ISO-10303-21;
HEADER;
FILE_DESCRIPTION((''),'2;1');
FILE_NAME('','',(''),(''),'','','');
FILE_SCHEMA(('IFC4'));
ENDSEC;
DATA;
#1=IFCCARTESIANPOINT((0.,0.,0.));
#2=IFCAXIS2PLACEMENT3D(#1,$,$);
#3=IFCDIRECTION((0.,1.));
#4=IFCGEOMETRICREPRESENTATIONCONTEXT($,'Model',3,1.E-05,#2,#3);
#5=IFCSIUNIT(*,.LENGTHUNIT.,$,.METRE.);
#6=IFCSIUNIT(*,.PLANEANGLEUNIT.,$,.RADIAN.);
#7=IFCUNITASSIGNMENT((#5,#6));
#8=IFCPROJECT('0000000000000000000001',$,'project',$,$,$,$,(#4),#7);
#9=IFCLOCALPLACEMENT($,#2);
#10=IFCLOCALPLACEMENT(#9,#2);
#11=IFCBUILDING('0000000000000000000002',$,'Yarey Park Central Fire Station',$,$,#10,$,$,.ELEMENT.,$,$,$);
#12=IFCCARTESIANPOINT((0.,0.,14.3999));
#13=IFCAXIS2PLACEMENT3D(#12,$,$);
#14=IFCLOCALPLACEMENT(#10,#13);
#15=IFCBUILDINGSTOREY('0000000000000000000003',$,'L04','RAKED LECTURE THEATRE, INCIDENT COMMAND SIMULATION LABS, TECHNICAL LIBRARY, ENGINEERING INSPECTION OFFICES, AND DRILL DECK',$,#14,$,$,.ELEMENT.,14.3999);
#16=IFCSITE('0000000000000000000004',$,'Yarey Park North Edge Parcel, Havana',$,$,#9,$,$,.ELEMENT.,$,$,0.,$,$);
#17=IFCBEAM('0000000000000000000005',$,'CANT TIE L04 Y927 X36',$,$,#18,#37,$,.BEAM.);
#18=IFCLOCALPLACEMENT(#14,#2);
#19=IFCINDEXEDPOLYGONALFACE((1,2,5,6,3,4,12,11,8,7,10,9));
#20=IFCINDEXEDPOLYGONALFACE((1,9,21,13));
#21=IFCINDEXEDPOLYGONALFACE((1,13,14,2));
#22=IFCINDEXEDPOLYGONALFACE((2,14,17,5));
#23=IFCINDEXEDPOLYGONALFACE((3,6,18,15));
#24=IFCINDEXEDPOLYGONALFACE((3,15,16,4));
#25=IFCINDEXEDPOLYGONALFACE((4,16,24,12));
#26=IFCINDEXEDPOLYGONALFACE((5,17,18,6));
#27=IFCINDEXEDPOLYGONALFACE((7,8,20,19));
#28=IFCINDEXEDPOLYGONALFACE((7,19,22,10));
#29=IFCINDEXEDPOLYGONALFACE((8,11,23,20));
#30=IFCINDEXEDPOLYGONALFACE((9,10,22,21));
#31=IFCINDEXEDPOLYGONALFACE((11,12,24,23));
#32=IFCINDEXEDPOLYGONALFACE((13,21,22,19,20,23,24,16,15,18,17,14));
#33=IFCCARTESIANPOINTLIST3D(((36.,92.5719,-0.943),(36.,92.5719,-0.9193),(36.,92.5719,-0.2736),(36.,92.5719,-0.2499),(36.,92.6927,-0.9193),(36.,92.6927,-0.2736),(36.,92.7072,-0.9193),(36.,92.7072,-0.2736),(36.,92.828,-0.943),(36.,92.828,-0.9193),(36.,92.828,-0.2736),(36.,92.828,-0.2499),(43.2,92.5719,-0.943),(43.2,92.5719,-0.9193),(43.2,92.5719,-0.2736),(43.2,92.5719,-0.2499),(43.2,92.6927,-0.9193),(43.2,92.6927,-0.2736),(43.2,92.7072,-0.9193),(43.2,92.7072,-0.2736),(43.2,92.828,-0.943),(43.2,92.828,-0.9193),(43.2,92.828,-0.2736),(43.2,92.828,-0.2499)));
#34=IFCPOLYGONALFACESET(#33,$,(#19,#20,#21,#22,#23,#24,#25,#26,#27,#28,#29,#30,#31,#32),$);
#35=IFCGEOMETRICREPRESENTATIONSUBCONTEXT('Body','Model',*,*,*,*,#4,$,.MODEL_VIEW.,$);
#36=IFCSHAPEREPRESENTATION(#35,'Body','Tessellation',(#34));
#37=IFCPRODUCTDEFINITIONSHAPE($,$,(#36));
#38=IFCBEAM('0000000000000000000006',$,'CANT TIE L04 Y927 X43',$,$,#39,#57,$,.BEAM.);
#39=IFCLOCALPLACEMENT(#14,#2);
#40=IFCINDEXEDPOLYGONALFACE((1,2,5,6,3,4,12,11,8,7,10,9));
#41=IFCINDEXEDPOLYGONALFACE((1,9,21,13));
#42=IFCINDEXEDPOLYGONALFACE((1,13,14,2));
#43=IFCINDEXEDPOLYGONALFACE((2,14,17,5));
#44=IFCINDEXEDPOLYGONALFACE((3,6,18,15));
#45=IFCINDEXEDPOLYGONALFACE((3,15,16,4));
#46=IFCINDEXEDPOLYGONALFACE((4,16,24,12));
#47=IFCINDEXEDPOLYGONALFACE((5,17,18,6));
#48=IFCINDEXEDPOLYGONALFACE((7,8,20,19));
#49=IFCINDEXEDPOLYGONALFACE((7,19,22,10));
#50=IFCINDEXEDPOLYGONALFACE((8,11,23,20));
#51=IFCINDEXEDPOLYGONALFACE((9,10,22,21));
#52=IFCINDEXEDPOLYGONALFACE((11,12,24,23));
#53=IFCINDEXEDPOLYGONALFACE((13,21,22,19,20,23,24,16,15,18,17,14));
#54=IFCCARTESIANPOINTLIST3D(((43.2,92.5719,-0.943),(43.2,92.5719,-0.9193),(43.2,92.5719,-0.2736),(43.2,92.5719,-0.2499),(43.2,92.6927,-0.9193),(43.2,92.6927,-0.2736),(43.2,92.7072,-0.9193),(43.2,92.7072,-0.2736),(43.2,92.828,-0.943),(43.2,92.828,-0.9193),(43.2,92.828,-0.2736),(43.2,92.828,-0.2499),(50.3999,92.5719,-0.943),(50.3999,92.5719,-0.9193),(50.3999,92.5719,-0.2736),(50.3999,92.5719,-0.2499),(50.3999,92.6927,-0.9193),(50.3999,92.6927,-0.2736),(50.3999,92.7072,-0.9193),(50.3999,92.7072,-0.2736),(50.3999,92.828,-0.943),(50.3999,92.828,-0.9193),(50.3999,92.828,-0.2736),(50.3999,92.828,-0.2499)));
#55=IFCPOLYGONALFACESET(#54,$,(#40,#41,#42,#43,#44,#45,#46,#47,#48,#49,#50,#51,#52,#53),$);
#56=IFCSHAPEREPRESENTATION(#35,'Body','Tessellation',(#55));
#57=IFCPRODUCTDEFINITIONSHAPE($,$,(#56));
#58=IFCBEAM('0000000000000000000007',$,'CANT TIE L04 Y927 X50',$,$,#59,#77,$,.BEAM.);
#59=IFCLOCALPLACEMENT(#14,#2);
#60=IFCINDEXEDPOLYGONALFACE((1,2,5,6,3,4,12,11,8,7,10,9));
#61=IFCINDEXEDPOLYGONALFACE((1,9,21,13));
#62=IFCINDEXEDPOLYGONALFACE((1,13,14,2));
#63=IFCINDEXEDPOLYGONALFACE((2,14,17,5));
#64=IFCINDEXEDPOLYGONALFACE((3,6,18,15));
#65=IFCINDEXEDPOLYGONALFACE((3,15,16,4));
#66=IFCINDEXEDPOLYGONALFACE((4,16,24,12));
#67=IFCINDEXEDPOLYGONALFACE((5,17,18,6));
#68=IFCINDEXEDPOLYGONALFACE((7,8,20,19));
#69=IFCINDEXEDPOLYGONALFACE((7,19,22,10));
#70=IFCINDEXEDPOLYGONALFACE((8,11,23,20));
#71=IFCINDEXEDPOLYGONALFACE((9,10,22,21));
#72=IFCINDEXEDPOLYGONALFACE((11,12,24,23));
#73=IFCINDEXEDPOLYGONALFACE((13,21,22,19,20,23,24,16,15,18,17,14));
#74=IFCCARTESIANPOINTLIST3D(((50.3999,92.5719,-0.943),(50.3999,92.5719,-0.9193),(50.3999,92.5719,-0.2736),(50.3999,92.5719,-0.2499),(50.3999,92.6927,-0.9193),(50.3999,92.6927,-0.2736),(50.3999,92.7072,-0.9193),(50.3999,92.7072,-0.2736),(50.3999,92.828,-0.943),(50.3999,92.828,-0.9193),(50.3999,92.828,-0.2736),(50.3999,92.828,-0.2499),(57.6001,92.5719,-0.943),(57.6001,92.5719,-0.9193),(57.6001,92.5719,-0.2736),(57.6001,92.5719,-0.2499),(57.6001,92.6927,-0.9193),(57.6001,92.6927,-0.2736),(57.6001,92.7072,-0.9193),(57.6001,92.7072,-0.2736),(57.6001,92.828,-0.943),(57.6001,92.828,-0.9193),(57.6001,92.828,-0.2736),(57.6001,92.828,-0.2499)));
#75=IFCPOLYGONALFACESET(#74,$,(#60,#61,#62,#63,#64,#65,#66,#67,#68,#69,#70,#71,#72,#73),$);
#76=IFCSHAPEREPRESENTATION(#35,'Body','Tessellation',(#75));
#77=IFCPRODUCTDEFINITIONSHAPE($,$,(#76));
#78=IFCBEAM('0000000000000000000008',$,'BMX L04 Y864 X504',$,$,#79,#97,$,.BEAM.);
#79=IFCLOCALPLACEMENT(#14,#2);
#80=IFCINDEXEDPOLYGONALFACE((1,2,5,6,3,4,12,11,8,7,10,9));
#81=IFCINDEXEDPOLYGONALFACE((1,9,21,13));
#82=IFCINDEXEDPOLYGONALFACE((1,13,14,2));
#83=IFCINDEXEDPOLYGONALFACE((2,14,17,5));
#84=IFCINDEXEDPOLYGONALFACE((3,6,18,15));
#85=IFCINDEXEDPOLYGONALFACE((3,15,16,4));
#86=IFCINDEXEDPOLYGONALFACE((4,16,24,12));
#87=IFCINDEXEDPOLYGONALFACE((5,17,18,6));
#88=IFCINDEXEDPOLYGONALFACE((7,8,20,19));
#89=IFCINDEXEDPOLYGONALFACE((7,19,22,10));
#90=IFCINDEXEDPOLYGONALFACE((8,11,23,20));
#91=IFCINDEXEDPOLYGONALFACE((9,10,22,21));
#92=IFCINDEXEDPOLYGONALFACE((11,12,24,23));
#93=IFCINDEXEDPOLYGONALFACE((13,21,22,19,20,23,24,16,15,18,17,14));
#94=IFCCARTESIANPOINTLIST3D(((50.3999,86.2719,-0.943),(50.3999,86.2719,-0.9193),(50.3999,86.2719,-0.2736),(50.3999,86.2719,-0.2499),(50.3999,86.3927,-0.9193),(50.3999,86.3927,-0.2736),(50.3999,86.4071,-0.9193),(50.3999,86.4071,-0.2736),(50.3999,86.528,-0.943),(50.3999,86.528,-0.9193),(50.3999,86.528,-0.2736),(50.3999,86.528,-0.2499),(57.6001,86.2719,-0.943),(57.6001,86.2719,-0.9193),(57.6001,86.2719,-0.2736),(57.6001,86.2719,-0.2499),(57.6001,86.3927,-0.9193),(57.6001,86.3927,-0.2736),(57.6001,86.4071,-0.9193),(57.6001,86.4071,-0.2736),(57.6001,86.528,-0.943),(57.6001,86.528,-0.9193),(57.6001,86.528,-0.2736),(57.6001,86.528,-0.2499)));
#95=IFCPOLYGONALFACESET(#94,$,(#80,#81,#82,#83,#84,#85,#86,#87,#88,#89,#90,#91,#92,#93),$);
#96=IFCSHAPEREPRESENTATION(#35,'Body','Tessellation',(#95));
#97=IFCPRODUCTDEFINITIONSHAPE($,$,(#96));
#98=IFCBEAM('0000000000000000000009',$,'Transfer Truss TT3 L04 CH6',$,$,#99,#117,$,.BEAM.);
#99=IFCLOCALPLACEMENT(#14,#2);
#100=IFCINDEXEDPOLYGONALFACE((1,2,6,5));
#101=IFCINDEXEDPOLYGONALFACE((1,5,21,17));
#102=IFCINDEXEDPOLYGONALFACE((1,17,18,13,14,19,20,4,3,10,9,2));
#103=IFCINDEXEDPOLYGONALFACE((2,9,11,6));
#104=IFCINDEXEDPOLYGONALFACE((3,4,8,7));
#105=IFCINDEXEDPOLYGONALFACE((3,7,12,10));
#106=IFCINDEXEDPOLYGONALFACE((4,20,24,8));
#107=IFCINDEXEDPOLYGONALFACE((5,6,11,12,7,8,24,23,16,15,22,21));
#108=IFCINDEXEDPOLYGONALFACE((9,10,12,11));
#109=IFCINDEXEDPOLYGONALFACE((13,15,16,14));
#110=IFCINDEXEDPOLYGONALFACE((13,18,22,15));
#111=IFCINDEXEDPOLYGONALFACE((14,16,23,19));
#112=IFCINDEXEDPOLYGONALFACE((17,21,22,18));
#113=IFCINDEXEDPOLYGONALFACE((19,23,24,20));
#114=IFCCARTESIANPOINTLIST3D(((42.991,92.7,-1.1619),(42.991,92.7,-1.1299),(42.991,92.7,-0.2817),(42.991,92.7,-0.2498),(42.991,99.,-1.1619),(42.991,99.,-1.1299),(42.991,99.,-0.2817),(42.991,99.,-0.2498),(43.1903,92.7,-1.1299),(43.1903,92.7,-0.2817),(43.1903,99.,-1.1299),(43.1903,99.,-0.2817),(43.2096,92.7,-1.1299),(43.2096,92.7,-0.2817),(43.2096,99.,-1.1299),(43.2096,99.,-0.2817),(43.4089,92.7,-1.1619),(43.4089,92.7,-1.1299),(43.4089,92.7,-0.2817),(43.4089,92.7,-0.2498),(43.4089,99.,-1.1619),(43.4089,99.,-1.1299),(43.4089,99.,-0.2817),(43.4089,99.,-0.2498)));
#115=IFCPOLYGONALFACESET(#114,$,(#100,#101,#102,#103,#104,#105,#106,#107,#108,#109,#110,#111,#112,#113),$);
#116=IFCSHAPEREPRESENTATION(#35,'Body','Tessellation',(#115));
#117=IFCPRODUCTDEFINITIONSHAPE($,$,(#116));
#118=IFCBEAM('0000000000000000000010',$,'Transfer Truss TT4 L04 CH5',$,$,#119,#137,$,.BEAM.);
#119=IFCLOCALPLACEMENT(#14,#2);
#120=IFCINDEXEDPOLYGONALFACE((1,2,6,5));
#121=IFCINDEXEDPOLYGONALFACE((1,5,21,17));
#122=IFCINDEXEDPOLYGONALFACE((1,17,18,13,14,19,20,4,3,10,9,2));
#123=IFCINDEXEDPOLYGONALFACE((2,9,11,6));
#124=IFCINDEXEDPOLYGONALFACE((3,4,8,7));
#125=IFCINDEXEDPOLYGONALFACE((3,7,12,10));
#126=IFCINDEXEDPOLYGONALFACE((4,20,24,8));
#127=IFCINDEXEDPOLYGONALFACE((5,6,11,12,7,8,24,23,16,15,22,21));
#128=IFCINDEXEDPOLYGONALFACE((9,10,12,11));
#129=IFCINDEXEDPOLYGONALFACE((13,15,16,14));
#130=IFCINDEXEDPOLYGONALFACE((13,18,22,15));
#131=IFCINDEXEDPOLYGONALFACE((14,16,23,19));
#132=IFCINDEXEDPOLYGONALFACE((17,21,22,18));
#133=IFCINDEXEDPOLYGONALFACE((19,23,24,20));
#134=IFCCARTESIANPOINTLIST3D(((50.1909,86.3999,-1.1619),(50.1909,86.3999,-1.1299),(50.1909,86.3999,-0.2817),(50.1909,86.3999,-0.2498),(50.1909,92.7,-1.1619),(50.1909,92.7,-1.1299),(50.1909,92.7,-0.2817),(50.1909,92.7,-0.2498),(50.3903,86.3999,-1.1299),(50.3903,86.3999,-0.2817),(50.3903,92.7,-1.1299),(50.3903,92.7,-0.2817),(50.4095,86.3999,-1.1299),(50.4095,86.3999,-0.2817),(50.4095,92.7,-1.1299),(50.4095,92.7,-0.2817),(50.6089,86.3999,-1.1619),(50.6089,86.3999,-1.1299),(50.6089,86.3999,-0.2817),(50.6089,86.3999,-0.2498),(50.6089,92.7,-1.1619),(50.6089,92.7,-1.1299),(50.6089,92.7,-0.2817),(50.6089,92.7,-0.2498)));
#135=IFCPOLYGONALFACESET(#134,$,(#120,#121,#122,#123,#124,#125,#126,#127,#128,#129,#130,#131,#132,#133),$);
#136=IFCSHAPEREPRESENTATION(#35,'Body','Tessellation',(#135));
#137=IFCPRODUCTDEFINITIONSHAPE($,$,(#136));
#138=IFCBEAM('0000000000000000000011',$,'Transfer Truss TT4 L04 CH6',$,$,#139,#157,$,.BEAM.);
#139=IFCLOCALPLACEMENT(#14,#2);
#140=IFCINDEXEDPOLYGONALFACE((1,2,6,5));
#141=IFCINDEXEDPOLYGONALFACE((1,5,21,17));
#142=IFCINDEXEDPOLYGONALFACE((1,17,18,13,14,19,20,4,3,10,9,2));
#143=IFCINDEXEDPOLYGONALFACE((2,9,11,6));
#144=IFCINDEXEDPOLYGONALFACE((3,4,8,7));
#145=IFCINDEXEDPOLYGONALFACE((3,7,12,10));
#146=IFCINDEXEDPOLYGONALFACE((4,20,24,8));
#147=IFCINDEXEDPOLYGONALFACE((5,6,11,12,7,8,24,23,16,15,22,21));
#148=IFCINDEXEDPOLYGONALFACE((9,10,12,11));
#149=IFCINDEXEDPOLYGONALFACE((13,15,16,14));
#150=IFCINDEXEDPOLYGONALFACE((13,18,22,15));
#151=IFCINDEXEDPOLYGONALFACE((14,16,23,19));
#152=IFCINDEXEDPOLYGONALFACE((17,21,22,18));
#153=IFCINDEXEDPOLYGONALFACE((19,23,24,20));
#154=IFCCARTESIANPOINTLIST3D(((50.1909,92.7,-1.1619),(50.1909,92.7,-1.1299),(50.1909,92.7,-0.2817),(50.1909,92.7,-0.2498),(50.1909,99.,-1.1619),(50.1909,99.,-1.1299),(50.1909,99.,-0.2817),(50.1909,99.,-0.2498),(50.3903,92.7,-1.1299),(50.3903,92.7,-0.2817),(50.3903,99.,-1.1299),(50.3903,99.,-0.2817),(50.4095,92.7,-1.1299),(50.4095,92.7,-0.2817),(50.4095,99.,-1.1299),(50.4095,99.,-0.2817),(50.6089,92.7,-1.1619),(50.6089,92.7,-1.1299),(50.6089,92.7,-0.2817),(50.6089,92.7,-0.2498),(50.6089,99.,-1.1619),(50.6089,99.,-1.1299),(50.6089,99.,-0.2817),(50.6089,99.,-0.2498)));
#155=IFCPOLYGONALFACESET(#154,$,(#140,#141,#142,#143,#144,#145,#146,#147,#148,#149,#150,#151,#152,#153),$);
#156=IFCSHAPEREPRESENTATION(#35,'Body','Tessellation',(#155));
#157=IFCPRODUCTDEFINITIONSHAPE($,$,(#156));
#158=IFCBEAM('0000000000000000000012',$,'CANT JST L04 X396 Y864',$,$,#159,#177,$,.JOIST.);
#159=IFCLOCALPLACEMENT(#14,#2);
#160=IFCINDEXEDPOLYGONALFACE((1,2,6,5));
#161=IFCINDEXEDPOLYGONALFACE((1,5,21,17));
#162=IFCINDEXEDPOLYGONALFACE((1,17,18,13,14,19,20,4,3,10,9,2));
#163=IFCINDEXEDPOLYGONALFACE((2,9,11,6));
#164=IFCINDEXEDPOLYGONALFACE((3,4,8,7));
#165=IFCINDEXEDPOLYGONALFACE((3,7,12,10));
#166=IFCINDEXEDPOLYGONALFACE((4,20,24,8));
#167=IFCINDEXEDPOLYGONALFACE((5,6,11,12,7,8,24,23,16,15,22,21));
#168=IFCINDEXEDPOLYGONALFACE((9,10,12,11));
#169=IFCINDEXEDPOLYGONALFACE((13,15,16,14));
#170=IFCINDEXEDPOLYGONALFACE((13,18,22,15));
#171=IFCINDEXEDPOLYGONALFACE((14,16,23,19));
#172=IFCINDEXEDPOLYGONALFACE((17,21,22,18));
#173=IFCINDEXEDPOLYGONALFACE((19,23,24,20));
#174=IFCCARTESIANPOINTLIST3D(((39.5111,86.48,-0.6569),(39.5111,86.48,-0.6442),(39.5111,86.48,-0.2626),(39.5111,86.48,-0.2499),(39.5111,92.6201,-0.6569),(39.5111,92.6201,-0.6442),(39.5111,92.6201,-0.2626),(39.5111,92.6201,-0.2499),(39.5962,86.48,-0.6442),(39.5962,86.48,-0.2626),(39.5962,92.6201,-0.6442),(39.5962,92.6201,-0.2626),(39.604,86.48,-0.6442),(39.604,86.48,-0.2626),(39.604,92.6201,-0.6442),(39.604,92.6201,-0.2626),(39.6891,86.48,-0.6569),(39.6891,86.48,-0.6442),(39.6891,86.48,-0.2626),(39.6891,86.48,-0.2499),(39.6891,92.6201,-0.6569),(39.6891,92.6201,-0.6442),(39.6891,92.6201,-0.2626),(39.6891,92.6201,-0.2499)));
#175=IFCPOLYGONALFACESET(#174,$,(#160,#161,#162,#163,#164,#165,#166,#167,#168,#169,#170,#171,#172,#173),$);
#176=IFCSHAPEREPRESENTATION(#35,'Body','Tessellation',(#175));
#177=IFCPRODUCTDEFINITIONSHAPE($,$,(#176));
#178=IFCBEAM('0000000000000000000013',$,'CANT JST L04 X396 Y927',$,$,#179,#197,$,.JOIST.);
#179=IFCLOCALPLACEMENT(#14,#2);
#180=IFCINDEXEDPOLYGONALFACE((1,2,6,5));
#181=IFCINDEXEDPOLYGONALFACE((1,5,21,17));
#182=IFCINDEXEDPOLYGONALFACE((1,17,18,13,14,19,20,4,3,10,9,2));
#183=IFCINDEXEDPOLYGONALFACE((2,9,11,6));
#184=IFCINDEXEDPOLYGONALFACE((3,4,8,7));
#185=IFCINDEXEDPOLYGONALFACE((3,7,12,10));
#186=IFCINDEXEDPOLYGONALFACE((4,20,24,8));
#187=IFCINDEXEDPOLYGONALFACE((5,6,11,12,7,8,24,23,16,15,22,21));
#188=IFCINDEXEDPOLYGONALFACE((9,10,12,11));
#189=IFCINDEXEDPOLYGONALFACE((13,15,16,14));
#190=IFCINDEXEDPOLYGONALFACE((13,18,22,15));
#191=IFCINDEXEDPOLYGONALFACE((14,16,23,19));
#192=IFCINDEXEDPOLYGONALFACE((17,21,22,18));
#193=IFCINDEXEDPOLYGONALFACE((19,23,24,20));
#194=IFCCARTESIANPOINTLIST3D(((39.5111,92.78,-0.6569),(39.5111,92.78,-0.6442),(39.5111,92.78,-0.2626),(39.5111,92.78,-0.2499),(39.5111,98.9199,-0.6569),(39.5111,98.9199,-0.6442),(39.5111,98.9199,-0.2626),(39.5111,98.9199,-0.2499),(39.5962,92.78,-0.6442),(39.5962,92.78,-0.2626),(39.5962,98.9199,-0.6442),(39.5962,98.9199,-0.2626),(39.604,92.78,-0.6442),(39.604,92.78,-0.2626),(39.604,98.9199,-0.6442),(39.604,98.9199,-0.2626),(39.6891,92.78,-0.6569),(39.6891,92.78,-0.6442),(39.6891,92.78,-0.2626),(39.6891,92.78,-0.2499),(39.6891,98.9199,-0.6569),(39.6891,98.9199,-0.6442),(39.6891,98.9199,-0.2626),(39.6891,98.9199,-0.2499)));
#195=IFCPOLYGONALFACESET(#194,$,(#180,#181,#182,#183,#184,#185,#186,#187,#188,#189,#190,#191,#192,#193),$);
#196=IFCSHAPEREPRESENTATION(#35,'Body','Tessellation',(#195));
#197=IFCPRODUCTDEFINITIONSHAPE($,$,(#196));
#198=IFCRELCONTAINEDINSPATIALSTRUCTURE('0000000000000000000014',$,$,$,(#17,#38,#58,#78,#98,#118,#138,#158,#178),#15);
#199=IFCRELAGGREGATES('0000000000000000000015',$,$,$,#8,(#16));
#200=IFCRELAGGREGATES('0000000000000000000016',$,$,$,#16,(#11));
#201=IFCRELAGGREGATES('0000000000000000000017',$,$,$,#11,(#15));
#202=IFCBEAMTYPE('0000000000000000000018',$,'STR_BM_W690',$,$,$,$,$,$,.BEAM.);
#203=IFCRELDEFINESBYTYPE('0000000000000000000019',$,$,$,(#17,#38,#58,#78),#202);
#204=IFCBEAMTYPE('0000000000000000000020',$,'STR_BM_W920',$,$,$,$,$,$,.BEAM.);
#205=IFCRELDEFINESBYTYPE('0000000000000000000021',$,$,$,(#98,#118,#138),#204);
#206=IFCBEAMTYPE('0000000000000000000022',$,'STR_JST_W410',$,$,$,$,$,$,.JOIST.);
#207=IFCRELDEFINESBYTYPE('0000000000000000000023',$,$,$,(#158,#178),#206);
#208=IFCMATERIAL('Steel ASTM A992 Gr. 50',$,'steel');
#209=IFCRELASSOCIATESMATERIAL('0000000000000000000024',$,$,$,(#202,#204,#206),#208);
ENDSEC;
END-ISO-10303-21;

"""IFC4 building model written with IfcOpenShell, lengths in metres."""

from ifc_helpers import new_model, si_unit, direction, frame, origin, origin_2d, place, context, subcontext, project, spatial, i_section, extrude, material, material_profile, profile_set, type_object, element, save


model = new_model("IFC4")

# Units and contexts
model_context = context("Model", 3, precision=1e-05, world=origin(), true_north=direction((0.0, 1.0)))
body_context = subcontext(model_context, "Body", "Model", "MODEL_VIEW")
ifc_project = project(units=[si_unit("LENGTHUNIT", "METRE"), si_unit("PLANEANGLEUNIT", "RADIAN")], contexts=[model_context])

# Site, building, storey
site_placement = place(None, origin())
site = spatial("IfcSite", under=ifc_project, at=site_placement, Name="Yarey Park North Edge Parcel, Havana", CompositionType="ELEMENT", RefElevation=0.0)
building_placement = place(site_placement, origin())
building = spatial("IfcBuilding", under=site, at=building_placement, Name="Yarey Park Central Fire Station", CompositionType="ELEMENT")
storey_placement = place(building_placement, frame((0.0, 0.0, 14.3999)))
storey = spatial("IfcBuildingStorey", under=building, at=storey_placement, Name="L04", Description="RAKED LECTURE THEATRE, INCIDENT COMMAND SIMULATION LABS, TECHNICAL LIBRARY, ENGINEERING INSPECTION OFFICES, AND DRILL DECK", CompositionType="ELEMENT", Elevation=14.3999)

# Beams
ifc_material_1 = material(Name="Steel ASTM A992 Gr. 50", Category="steel")
ifc_material_profile_1 = material_profile(ifc_material_1, i_section(OverallWidth=0.2561, OverallDepth=0.6931, WebThickness=0.0144, FlangeThickness=0.0237, at=origin_2d()), Name="W690x170")
ifc_profile_set_1 = profile_set([ifc_material_profile_1], Name="Steel ASTM A992 Gr. 50")
beam_type_1 = type_object("IfcBeamType", Name="STR_BM_W690", PredefinedType="BEAM", material=ifc_profile_set_1)
for number, where, z_axis, x_axis, name in (
    (1, (36.0, 92.7, -0.5964), (1.0, 0.0, 0.0), (0.0, 1.0, 0.0), "CANT TIE L04 Y927 X36"),
    (2, (43.2, 92.7, -0.5964), (1.0, 0.0, 0.0), (0.0, 1.0, 0.0), "CANT TIE L04 Y927 X43"),
):
    element("IfcBeam", number, at=place(storey_placement, frame(where, z_axis=z_axis, x_axis=x_axis)), inside=storey, type_object=beam_type_1, Name=name, PredefinedType="BEAM", context=body_context, shape_type="SweptSolid", body=[
        extrude(i_section(OverallWidth=0.2561, OverallDepth=0.6931, WebThickness=0.0144, FlangeThickness=0.0237, at=origin_2d()), origin(), (0.0, 0.0, 1.0), 7.2),
    ])
for number, where, z_axis, x_axis, name in (
    (3, (50.3999, 92.7, -0.5964), (1.0, 0.0, 0.0), (0.0, 1.0, 0.0), "CANT TIE L04 Y927 X50"),
    (4, (50.3999, 86.3999, -0.5964), (1.0, 0.0, 0.0), (0.0, 1.0, 0.0), "BMX L04 Y864 X504"),
):
    element("IfcBeam", number, at=place(storey_placement, frame(where, z_axis=z_axis, x_axis=x_axis)), inside=storey, type_object=beam_type_1, Name=name, PredefinedType="BEAM", context=body_context, shape_type="SweptSolid", body=[
        extrude(i_section(OverallWidth=0.2561, OverallDepth=0.6931, WebThickness=0.0144, FlangeThickness=0.0237, at=origin_2d()), origin(), (0.0, 0.0, 1.0), 7.2002),
    ])
ifc_material_profile_2 = material_profile(ifc_material_1, i_section(OverallWidth=0.418, OverallDepth=0.9121, WebThickness=0.0193, FlangeThickness=0.032, at=origin_2d()), Name="W920x342")
ifc_profile_set_2 = profile_set([ifc_material_profile_2], Name="Steel ASTM A992 Gr. 50")
beam_type_2 = type_object("IfcBeamType", Name="STR_BM_W920", PredefinedType="BEAM", material=ifc_profile_set_2)
for number, where, z_axis, x_axis, name in (
    (5, (43.2, 92.7, -0.7058), (0.0, 1.0, 0.0), (-1.0, 0.0, 0.0), "Transfer Truss TT3 L04 CH6"),
    (6, (50.3999, 86.3999, -0.7058), (0.0, 1.0, 0.0), (-1.0, 0.0, 0.0), "Transfer Truss TT4 L04 CH5"),
    (7, (50.3999, 92.7, -0.7058), (0.0, 1.0, 0.0), (-1.0, 0.0, 0.0), "Transfer Truss TT4 L04 CH6"),
):
    element("IfcBeam", number, at=place(storey_placement, frame(where, z_axis=z_axis, x_axis=x_axis)), inside=storey, type_object=beam_type_2, Name=name, PredefinedType="BEAM", context=body_context, shape_type="SweptSolid", body=[
        extrude(i_section(OverallWidth=0.418, OverallDepth=0.9121, WebThickness=0.0193, FlangeThickness=0.032, at=origin_2d()), origin(), (0.0, 0.0, 1.0), 6.3),
    ])
ifc_material_profile_3 = material_profile(ifc_material_1, i_section(OverallWidth=0.178, OverallDepth=0.407, WebThickness=0.0078, FlangeThickness=0.0127, at=origin_2d()), Name="W410x60")
ifc_profile_set_3 = profile_set([ifc_material_profile_3], Name="Steel ASTM A992 Gr. 50")
beam_type_3 = type_object("IfcBeamType", Name="STR_JST_W410", PredefinedType="JOIST", material=ifc_profile_set_3)
beam_1_placement = place(storey_placement, frame((39.6001, 86.48, -0.4534), z_axis=(0.0, 1.0, 0.0), x_axis=(-1.0, 0.0, 0.0)))
element("IfcBeam", 8, at=beam_1_placement, inside=storey, type_object=beam_type_3, Name="CANT JST L04 X396 Y864", PredefinedType="JOIST", context=body_context, shape_type="SweptSolid", body=[
    extrude(i_section(OverallWidth=0.178, OverallDepth=0.407, WebThickness=0.0078, FlangeThickness=0.0127, at=origin_2d()), origin(), (0.0, 0.0, 1.0), 6.1401),
])
beam_2_placement = place(storey_placement, frame((39.6001, 92.78, -0.4534), z_axis=(0.0, 1.0, 0.0), x_axis=(-1.0, 0.0, 0.0)))
element("IfcBeam", 9, at=beam_2_placement, inside=storey, type_object=beam_type_3, Name="CANT JST L04 X396 Y927", PredefinedType="JOIST", context=body_context, shape_type="SweptSolid", body=[
    extrude(i_section(OverallWidth=0.178, OverallDepth=0.407, WebThickness=0.0078, FlangeThickness=0.0127, at=origin_2d()), origin(), (0.0, 0.0, 1.0), 6.1399),
])

save(model, "model.ifc")
